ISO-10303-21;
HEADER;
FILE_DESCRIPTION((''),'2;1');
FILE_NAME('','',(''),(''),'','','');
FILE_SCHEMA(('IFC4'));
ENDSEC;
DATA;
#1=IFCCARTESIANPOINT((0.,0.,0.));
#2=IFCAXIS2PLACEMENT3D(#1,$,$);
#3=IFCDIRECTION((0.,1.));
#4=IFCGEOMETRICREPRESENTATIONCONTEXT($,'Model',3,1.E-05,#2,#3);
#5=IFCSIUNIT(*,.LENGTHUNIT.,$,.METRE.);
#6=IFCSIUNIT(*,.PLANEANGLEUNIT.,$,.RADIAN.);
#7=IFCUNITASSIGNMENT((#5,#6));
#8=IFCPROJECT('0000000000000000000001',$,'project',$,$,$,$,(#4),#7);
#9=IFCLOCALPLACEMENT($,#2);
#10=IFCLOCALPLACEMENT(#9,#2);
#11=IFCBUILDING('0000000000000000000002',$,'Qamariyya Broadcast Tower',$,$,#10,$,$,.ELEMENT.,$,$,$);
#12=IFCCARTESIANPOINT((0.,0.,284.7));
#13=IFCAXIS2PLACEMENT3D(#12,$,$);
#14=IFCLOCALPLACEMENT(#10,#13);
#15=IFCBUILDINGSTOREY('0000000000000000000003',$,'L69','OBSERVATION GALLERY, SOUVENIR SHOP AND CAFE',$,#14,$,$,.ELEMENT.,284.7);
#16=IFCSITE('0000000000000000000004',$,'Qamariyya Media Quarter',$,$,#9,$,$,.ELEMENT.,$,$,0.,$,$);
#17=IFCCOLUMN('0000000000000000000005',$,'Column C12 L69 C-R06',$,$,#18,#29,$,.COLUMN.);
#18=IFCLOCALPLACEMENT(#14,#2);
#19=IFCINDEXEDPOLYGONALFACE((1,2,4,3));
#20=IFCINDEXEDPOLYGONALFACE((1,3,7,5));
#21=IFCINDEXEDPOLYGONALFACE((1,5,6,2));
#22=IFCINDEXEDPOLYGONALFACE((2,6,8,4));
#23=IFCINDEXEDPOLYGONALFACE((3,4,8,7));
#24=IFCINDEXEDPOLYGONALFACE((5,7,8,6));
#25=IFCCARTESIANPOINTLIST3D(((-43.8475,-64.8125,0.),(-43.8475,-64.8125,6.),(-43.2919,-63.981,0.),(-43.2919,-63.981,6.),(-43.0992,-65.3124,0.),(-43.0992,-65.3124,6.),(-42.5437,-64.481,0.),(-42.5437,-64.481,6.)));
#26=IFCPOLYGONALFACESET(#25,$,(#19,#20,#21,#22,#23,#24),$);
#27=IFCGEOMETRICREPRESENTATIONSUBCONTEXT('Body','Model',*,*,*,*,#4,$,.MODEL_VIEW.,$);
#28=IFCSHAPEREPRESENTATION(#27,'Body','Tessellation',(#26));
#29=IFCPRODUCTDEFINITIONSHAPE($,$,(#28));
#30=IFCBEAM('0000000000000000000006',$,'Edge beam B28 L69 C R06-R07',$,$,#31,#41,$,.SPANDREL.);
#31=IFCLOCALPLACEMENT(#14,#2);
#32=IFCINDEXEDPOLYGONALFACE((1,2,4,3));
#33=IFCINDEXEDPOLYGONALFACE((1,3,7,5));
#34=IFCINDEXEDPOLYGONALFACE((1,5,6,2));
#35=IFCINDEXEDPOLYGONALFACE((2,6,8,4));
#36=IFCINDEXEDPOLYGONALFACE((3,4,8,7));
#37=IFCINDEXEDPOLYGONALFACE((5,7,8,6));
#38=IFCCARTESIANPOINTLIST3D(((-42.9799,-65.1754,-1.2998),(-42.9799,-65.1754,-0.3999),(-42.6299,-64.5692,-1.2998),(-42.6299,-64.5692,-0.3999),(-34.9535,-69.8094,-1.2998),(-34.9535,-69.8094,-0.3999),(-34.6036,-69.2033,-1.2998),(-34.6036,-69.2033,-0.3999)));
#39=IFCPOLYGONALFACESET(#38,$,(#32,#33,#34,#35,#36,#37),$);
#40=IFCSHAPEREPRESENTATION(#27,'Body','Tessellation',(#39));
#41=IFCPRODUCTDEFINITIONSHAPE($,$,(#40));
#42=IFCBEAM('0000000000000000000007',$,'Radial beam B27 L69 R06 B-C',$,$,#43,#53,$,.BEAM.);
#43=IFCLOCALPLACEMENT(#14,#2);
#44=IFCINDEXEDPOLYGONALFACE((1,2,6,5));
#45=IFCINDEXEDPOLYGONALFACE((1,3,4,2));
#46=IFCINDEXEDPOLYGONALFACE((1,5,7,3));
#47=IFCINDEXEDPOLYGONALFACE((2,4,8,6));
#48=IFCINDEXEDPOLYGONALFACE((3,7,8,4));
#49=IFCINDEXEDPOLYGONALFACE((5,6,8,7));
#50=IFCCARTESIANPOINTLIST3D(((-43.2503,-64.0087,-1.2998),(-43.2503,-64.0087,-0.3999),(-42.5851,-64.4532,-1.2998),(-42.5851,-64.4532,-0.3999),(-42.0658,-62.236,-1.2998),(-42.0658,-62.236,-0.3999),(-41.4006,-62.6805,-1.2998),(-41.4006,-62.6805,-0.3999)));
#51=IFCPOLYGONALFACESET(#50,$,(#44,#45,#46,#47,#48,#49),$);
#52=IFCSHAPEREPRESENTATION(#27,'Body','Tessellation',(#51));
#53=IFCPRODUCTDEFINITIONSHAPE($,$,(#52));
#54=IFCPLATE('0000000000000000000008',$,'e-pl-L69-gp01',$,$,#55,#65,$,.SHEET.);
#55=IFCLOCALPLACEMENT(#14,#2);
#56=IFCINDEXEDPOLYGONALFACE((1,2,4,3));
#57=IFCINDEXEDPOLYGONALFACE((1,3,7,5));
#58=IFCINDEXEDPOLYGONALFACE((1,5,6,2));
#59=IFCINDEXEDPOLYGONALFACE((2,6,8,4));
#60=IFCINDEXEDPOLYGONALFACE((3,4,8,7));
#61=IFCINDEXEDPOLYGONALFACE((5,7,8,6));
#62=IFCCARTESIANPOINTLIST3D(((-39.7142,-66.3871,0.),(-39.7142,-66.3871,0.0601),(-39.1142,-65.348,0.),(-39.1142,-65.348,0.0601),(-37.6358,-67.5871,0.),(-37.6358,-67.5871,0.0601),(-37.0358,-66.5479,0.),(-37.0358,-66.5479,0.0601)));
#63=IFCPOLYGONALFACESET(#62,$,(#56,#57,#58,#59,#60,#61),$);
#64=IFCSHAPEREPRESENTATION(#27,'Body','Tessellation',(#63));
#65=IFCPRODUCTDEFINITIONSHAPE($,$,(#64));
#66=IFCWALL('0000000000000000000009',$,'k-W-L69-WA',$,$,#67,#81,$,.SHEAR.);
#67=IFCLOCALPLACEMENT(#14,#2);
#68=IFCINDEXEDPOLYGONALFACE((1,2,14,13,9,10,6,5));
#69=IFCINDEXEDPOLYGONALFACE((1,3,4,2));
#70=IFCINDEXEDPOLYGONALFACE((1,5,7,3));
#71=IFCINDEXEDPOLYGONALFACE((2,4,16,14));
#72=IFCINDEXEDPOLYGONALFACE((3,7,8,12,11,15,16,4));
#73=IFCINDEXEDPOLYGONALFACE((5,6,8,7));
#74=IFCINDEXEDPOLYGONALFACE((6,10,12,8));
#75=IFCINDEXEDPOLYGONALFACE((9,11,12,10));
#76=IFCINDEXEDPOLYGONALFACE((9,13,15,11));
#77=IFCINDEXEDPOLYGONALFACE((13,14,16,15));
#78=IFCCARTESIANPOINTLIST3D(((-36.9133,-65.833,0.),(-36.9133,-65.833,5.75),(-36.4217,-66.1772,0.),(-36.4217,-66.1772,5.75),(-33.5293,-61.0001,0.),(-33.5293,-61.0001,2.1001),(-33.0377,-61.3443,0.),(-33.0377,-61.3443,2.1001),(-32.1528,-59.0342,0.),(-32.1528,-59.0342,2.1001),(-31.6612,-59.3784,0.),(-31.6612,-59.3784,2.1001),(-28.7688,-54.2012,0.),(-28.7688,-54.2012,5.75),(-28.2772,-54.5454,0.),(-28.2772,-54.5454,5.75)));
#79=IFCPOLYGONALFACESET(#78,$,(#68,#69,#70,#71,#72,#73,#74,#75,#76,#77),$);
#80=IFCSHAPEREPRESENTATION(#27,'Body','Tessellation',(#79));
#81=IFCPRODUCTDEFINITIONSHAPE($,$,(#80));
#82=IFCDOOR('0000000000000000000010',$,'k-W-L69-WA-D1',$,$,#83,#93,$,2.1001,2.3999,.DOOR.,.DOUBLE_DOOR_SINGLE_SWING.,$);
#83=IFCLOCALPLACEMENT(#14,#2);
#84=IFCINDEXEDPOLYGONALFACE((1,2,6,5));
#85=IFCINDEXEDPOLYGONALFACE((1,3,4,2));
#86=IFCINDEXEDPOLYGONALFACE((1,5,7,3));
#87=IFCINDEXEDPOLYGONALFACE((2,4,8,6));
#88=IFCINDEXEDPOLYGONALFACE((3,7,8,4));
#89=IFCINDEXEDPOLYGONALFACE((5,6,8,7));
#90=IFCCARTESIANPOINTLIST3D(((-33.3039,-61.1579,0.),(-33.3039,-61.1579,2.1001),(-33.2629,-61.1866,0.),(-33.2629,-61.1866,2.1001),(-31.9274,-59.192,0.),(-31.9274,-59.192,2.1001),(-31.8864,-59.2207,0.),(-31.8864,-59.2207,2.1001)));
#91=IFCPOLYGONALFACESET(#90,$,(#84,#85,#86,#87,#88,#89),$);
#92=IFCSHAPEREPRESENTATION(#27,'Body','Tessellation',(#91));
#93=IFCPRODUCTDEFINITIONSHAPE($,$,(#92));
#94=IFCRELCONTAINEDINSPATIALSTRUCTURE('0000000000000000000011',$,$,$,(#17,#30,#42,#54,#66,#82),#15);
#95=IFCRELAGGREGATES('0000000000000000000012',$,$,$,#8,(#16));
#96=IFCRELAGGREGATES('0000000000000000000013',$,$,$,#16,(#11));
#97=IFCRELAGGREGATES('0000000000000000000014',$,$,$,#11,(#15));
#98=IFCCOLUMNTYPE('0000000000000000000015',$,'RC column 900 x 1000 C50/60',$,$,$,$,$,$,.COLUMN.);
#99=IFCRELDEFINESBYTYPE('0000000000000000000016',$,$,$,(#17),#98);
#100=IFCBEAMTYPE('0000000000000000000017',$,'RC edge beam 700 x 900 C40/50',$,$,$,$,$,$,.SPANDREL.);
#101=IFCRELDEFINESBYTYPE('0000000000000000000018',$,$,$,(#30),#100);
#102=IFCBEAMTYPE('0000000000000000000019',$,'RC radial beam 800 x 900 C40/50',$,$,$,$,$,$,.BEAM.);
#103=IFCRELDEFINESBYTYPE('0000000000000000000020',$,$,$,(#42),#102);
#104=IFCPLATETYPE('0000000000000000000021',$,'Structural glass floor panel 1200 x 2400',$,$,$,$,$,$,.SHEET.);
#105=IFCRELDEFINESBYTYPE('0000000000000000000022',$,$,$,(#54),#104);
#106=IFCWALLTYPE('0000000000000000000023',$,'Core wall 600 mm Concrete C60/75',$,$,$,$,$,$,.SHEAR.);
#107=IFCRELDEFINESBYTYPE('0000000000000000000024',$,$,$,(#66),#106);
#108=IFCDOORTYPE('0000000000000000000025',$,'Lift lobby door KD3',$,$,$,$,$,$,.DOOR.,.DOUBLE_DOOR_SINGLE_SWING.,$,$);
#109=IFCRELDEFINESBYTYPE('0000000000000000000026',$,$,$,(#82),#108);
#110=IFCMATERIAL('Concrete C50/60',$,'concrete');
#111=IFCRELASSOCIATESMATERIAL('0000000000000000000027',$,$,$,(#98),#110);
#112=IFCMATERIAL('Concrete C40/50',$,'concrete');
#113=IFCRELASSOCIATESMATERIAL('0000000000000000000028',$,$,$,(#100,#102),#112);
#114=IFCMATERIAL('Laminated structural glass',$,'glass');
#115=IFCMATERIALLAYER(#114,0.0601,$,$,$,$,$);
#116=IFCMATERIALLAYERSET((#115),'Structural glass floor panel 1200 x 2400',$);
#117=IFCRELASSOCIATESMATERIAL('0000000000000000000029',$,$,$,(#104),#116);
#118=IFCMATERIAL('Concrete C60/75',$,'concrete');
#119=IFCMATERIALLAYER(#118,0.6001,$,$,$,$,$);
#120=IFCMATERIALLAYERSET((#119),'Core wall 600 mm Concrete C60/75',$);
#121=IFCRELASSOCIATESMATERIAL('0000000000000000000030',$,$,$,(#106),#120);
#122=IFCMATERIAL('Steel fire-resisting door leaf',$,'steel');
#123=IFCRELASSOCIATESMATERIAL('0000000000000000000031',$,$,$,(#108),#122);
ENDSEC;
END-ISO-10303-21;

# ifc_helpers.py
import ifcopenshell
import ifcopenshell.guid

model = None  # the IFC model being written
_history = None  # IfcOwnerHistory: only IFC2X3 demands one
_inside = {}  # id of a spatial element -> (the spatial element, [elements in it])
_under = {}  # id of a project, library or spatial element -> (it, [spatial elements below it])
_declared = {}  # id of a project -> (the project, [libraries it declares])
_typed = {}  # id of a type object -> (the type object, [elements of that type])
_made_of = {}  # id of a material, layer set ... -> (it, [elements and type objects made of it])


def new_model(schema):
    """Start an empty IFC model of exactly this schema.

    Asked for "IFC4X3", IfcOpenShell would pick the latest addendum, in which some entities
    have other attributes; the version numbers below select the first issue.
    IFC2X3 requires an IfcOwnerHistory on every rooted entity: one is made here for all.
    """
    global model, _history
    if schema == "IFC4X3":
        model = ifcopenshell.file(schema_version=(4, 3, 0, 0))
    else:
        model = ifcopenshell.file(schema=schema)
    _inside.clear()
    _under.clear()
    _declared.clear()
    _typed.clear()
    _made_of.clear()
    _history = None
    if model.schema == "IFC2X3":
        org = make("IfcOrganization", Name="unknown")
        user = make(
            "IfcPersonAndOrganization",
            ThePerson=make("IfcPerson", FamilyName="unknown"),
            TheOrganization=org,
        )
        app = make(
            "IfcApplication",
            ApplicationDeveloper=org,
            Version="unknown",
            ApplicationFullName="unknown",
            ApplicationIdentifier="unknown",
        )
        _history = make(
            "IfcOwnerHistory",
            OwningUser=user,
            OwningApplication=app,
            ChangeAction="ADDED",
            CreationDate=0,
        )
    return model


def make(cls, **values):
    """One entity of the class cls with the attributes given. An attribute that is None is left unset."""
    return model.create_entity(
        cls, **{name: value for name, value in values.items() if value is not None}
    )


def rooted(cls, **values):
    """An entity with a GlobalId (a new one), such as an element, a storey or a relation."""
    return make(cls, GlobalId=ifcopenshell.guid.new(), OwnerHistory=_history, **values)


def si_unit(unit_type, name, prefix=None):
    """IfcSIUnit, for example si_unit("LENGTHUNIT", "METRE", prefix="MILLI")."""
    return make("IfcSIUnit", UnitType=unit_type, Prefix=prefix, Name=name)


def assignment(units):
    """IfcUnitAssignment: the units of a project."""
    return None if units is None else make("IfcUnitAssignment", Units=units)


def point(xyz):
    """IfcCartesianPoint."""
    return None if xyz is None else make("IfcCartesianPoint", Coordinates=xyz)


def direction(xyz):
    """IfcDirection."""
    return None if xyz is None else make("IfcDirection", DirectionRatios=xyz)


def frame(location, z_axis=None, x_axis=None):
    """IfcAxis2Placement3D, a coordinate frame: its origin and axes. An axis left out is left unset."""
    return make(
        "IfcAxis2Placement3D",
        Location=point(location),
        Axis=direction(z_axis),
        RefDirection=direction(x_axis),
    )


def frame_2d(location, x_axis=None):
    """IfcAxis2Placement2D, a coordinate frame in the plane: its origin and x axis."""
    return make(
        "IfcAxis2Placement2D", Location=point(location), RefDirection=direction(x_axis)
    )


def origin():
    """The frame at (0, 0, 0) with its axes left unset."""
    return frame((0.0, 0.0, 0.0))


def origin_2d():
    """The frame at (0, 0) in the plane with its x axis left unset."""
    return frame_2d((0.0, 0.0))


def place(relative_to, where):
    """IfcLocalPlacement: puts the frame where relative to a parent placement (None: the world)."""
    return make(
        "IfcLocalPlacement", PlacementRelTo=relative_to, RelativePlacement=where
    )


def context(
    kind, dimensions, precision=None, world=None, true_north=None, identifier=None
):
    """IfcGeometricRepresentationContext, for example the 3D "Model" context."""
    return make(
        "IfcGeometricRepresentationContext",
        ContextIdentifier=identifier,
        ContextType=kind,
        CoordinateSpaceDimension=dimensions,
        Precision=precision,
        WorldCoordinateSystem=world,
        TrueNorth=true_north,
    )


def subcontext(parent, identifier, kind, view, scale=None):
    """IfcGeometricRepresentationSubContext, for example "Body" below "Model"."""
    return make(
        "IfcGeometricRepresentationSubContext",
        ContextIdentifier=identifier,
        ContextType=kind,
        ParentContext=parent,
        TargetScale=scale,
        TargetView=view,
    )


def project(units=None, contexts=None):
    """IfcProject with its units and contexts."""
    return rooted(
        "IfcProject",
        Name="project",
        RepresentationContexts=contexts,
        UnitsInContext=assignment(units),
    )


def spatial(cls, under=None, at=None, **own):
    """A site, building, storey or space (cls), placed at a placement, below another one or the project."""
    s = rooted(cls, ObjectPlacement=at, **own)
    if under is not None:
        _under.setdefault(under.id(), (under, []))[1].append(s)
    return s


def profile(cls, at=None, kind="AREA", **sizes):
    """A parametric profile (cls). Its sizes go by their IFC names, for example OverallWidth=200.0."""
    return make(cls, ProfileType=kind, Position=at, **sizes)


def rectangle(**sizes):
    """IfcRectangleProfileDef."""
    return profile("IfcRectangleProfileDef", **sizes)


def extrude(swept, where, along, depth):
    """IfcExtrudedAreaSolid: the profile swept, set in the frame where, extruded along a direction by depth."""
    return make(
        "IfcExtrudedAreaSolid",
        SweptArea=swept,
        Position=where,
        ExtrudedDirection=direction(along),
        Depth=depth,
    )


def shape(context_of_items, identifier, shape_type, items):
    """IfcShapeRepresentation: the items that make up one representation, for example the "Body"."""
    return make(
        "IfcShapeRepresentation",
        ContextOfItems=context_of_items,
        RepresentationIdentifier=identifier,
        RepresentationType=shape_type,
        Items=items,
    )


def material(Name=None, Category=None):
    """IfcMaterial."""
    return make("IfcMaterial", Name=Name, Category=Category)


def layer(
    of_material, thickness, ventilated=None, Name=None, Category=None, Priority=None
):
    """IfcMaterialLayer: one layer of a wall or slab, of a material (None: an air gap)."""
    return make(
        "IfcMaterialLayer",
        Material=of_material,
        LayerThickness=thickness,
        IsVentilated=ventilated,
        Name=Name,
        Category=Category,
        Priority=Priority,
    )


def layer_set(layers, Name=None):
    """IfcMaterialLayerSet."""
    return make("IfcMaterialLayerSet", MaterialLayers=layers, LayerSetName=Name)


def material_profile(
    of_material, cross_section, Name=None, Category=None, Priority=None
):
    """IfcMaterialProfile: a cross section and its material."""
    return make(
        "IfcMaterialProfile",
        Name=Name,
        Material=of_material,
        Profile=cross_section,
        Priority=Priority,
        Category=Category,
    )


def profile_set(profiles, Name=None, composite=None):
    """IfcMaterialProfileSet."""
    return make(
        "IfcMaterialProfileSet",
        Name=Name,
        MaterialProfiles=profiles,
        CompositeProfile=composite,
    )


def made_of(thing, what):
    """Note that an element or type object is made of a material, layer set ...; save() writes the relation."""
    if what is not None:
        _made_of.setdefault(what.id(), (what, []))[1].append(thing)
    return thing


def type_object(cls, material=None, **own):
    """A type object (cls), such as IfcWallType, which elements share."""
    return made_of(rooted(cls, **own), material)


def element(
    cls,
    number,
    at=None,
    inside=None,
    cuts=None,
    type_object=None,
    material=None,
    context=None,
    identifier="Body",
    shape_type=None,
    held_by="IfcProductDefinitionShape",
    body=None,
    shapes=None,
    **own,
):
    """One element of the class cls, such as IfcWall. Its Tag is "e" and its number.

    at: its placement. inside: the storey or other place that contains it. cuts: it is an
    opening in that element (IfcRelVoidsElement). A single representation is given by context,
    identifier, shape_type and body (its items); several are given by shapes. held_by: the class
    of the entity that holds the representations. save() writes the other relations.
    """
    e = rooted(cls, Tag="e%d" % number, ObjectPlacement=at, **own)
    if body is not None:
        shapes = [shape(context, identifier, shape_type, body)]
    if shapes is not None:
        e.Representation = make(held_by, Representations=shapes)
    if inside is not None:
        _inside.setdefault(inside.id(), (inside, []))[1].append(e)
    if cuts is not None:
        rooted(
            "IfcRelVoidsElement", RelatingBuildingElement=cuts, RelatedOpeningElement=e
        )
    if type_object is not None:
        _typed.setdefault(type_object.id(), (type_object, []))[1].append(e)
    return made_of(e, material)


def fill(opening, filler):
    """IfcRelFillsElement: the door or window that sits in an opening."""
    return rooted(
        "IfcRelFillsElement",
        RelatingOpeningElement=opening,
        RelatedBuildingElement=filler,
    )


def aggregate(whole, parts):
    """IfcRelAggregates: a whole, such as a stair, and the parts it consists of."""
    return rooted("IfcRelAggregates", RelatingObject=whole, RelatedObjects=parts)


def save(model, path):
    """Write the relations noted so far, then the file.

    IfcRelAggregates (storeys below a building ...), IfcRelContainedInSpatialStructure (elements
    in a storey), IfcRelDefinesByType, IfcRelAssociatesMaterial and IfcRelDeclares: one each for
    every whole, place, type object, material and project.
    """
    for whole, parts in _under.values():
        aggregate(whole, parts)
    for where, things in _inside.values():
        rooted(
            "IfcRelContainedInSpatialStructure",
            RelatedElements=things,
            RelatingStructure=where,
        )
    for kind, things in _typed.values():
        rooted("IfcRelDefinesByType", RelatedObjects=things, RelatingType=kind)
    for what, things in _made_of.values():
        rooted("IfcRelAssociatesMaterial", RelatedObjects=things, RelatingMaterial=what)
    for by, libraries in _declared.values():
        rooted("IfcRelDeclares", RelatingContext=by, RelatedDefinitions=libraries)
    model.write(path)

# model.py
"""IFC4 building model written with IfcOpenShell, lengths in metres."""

from ifc_helpers import new_model, si_unit, direction, frame, frame_2d, origin, origin_2d, place, context, subcontext, project, spatial, rectangle, extrude, material, layer, layer_set, material_profile, profile_set, type_object, element, fill, save


model = new_model("IFC4")

# Units and contexts
model_context = context("Model", 3, precision=1e-05, world=origin(), true_north=direction((0.0, 1.0)))
body_context = subcontext(model_context, "Body", "Model", "MODEL_VIEW")
ifc_project = project(units=[si_unit("LENGTHUNIT", "METRE"), si_unit("PLANEANGLEUNIT", "RADIAN")], contexts=[model_context])

# Site, building, storey
site_placement = place(None, origin())
site = spatial("IfcSite", under=ifc_project, at=site_placement, Name="Qamariyya Media Quarter", CompositionType="ELEMENT", RefElevation=0.0)
building_placement = place(site_placement, origin())
building = spatial("IfcBuilding", under=site, at=building_placement, Name="Qamariyya Broadcast Tower", CompositionType="ELEMENT")
storey_placement = place(building_placement, frame((0.0, 0.0, 284.7)))
storey = spatial("IfcBuildingStorey", under=building, at=storey_placement, Name="L69", Description="OBSERVATION GALLERY, SOUVENIR SHOP AND CAFE", CompositionType="ELEMENT", Elevation=284.7)

# Column
ifc_material_1 = material(Name="Concrete C50/60", Category="concrete")
ifc_material_profile_1 = material_profile(ifc_material_1, rectangle(XDim=0.8999, YDim=1.0, at=origin_2d()))
ifc_profile_set_1 = profile_set([ifc_material_profile_1], Name="Concrete C50/60")
column_type = type_object("IfcColumnType", Name="RC column 900 x 1000 C50/60", PredefinedType="COLUMN", material=ifc_profile_set_1)
column_placement = place(storey_placement, frame((-43.1956, -64.6467, 0.0), z_axis=(0.0, 0.0, 1.0), x_axis=(0.83147, -0.55557, 0.0)))
element("IfcColumn", 1, at=column_placement, inside=storey, type_object=column_type, Name="Column C12 L69 C-R06", PredefinedType="COLUMN", context=body_context, shape_type="SweptSolid", body=[
    extrude(rectangle(XDim=0.8999, YDim=1.0, at=origin_2d()), origin(), (0.0, 0.0, 1.0), 6.0),
])

# Beams
ifc_material_2 = material(Name="Concrete C40/50", Category="concrete")
ifc_material_profile_2 = material_profile(ifc_material_2, rectangle(XDim=0.7, YDim=0.8999, at=origin_2d()))
ifc_profile_set_2 = profile_set([ifc_material_profile_2], Name="Concrete C40/50")
beam_type_1 = type_object("IfcBeamType", Name="RC edge beam 700 x 900 C40/50", PredefinedType="SPANDREL", material=ifc_profile_set_2)
beam_1_placement = place(storey_placement, frame((-42.8049, -64.8723, -0.8499), z_axis=(0.866025, -0.500001, 0.0), x_axis=(0.500001, 0.866025, 0.0)))
element("IfcBeam", 2, at=beam_1_placement, inside=storey, type_object=beam_type_1, Name="Edge beam B28 L69 C R06-R07", PredefinedType="SPANDREL", context=body_context, shape_type="SweptSolid", body=[
    extrude(rectangle(XDim=0.7, YDim=0.8999, at=origin_2d()), origin(), (0.0, 0.0, 1.0), 9.2681),
])
ifc_material_profile_3 = material_profile(ifc_material_2, rectangle(XDim=0.8, YDim=0.8999, at=origin_2d()))
ifc_profile_set_3 = profile_set([ifc_material_profile_3], Name="Concrete C40/50")
beam_type_2 = type_object("IfcBeamType", Name="RC radial beam 800 x 900 C40/50", PredefinedType="BEAM", material=ifc_profile_set_3)
beam_2_placement = place(storey_placement, frame((-41.7332, -62.4583, -0.8499), z_axis=(-0.555598, -0.831451, 0.0), x_axis=(0.831451, -0.555598, 0.0)))
element("IfcBeam", 3, at=beam_2_placement, inside=storey, type_object=beam_type_2, Name="Radial beam B27 L69 R06 B-C", PredefinedType="BEAM", context=body_context, shape_type="SweptSolid", body=[
    extrude(rectangle(XDim=0.8, YDim=0.8999, at=origin_2d()), origin(), (0.0, 0.0, 1.0), 2.1321),
])

# Plate
ifc_material_3 = material(Name="Laminated structural glass", Category="glass")
ifc_layer_1 = layer(ifc_material_3, 0.0601)
ifc_layer_set_1 = layer_set([ifc_layer_1], Name="Structural glass floor panel 1200 x 2400")
plate_type = type_object("IfcPlateType", Name="Structural glass floor panel 1200 x 2400", PredefinedType="SHEET", material=ifc_layer_set_1)
plate_placement = place(storey_placement, frame((-38.375, -66.4675, 0.0), z_axis=(0.0, 0.0, 1.0), x_axis=(0.866025, -0.5, 0.0)))
element("IfcPlate", 4, at=plate_placement, inside=storey, type_object=plate_type, Name="e-pl-L69-gp01", PredefinedType="SHEET", context=body_context, shape_type="SweptSolid", body=[
    extrude(rectangle(XDim=2.3999, YDim=1.2, at=origin_2d()), origin(), (0.0, 0.0, 1.0), 0.0601),
])

# Wall, opening, door
ifc_material_4 = material(Name="Concrete C60/75", Category="concrete")
ifc_layer_2 = layer(ifc_material_4, 0.6001)
ifc_layer_set_2 = layer_set([ifc_layer_2], Name="Core wall 600 mm Concrete C60/75")
wall_type_1 = type_object("IfcWallType", Name="Core wall 600 mm Concrete C60/75", PredefinedType="SHEAR", material=ifc_layer_set_2)
wall_1_placement = place(storey_placement, frame((-36.6675, -66.0051, 0.0), z_axis=(0.0, 0.0, 1.0), x_axis=(0.573568, 0.819158, 0.0)))
wall_1 = element("IfcWall", 5, at=wall_1_placement, inside=storey, type_object=wall_type_1, Name="k-W-L69-WA", PredefinedType="SHEAR", context=body_context, shape_type="SweptSolid", body=[
    extrude(rectangle(XDim=14.1997, YDim=0.6001, at=frame_2d((7.0999, 0.0))), origin(), (0.0, 0.0, 1.0), 5.75),
])
opening_1_placement = place(wall_1_placement, frame((5.8999, 0.0, 0.0)))
opening_1 = element("IfcOpeningElement", 6, at=opening_1_placement, cuts=wall_1, PredefinedType="OPENING", context=body_context, shape_type="SweptSolid", body=[
    extrude(rectangle(XDim=2.3999, YDim=2.1001, at=frame_2d((1.2, 1.05))), frame((0.0, 0.3101, 0.0), z_axis=(0.0, -1.0, 0.0), x_axis=(1.0, 0.0, 0.0)), (0.0, 0.0, 1.0), 0.6201),
])
ifc_material_5 = material(Name="Steel fire-resisting door leaf", Category="steel")
door_type_1 = type_object("IfcDoorType", Name="Lift lobby door KD3", OperationType="DOUBLE_DOOR_SINGLE_SWING", PredefinedType="DOOR", material=ifc_material_5)
door_1_placement = place(opening_1_placement, origin())
door_1 = element("IfcDoor", 7, at=door_1_placement, inside=storey, type_object=door_type_1, Name="k-W-L69-WA-D1", OperationType="DOUBLE_DOOR_SINGLE_SWING", OverallHeight=2.1001, OverallWidth=2.3999, PredefinedType="DOOR", context=body_context, shape_type="SweptSolid", body=[
    extrude(rectangle(XDim=2.3999, YDim=2.1001, at=frame_2d((1.2, 1.05))), frame((0.0, 0.0249, 0.0), z_axis=(0.0, -1.0, 0.0), x_axis=(1.0, 0.0, 0.0)), (0.0, 0.0, 1.0), 0.05),
])
fill(opening_1, door_1)

save(model, "model.ifc")
